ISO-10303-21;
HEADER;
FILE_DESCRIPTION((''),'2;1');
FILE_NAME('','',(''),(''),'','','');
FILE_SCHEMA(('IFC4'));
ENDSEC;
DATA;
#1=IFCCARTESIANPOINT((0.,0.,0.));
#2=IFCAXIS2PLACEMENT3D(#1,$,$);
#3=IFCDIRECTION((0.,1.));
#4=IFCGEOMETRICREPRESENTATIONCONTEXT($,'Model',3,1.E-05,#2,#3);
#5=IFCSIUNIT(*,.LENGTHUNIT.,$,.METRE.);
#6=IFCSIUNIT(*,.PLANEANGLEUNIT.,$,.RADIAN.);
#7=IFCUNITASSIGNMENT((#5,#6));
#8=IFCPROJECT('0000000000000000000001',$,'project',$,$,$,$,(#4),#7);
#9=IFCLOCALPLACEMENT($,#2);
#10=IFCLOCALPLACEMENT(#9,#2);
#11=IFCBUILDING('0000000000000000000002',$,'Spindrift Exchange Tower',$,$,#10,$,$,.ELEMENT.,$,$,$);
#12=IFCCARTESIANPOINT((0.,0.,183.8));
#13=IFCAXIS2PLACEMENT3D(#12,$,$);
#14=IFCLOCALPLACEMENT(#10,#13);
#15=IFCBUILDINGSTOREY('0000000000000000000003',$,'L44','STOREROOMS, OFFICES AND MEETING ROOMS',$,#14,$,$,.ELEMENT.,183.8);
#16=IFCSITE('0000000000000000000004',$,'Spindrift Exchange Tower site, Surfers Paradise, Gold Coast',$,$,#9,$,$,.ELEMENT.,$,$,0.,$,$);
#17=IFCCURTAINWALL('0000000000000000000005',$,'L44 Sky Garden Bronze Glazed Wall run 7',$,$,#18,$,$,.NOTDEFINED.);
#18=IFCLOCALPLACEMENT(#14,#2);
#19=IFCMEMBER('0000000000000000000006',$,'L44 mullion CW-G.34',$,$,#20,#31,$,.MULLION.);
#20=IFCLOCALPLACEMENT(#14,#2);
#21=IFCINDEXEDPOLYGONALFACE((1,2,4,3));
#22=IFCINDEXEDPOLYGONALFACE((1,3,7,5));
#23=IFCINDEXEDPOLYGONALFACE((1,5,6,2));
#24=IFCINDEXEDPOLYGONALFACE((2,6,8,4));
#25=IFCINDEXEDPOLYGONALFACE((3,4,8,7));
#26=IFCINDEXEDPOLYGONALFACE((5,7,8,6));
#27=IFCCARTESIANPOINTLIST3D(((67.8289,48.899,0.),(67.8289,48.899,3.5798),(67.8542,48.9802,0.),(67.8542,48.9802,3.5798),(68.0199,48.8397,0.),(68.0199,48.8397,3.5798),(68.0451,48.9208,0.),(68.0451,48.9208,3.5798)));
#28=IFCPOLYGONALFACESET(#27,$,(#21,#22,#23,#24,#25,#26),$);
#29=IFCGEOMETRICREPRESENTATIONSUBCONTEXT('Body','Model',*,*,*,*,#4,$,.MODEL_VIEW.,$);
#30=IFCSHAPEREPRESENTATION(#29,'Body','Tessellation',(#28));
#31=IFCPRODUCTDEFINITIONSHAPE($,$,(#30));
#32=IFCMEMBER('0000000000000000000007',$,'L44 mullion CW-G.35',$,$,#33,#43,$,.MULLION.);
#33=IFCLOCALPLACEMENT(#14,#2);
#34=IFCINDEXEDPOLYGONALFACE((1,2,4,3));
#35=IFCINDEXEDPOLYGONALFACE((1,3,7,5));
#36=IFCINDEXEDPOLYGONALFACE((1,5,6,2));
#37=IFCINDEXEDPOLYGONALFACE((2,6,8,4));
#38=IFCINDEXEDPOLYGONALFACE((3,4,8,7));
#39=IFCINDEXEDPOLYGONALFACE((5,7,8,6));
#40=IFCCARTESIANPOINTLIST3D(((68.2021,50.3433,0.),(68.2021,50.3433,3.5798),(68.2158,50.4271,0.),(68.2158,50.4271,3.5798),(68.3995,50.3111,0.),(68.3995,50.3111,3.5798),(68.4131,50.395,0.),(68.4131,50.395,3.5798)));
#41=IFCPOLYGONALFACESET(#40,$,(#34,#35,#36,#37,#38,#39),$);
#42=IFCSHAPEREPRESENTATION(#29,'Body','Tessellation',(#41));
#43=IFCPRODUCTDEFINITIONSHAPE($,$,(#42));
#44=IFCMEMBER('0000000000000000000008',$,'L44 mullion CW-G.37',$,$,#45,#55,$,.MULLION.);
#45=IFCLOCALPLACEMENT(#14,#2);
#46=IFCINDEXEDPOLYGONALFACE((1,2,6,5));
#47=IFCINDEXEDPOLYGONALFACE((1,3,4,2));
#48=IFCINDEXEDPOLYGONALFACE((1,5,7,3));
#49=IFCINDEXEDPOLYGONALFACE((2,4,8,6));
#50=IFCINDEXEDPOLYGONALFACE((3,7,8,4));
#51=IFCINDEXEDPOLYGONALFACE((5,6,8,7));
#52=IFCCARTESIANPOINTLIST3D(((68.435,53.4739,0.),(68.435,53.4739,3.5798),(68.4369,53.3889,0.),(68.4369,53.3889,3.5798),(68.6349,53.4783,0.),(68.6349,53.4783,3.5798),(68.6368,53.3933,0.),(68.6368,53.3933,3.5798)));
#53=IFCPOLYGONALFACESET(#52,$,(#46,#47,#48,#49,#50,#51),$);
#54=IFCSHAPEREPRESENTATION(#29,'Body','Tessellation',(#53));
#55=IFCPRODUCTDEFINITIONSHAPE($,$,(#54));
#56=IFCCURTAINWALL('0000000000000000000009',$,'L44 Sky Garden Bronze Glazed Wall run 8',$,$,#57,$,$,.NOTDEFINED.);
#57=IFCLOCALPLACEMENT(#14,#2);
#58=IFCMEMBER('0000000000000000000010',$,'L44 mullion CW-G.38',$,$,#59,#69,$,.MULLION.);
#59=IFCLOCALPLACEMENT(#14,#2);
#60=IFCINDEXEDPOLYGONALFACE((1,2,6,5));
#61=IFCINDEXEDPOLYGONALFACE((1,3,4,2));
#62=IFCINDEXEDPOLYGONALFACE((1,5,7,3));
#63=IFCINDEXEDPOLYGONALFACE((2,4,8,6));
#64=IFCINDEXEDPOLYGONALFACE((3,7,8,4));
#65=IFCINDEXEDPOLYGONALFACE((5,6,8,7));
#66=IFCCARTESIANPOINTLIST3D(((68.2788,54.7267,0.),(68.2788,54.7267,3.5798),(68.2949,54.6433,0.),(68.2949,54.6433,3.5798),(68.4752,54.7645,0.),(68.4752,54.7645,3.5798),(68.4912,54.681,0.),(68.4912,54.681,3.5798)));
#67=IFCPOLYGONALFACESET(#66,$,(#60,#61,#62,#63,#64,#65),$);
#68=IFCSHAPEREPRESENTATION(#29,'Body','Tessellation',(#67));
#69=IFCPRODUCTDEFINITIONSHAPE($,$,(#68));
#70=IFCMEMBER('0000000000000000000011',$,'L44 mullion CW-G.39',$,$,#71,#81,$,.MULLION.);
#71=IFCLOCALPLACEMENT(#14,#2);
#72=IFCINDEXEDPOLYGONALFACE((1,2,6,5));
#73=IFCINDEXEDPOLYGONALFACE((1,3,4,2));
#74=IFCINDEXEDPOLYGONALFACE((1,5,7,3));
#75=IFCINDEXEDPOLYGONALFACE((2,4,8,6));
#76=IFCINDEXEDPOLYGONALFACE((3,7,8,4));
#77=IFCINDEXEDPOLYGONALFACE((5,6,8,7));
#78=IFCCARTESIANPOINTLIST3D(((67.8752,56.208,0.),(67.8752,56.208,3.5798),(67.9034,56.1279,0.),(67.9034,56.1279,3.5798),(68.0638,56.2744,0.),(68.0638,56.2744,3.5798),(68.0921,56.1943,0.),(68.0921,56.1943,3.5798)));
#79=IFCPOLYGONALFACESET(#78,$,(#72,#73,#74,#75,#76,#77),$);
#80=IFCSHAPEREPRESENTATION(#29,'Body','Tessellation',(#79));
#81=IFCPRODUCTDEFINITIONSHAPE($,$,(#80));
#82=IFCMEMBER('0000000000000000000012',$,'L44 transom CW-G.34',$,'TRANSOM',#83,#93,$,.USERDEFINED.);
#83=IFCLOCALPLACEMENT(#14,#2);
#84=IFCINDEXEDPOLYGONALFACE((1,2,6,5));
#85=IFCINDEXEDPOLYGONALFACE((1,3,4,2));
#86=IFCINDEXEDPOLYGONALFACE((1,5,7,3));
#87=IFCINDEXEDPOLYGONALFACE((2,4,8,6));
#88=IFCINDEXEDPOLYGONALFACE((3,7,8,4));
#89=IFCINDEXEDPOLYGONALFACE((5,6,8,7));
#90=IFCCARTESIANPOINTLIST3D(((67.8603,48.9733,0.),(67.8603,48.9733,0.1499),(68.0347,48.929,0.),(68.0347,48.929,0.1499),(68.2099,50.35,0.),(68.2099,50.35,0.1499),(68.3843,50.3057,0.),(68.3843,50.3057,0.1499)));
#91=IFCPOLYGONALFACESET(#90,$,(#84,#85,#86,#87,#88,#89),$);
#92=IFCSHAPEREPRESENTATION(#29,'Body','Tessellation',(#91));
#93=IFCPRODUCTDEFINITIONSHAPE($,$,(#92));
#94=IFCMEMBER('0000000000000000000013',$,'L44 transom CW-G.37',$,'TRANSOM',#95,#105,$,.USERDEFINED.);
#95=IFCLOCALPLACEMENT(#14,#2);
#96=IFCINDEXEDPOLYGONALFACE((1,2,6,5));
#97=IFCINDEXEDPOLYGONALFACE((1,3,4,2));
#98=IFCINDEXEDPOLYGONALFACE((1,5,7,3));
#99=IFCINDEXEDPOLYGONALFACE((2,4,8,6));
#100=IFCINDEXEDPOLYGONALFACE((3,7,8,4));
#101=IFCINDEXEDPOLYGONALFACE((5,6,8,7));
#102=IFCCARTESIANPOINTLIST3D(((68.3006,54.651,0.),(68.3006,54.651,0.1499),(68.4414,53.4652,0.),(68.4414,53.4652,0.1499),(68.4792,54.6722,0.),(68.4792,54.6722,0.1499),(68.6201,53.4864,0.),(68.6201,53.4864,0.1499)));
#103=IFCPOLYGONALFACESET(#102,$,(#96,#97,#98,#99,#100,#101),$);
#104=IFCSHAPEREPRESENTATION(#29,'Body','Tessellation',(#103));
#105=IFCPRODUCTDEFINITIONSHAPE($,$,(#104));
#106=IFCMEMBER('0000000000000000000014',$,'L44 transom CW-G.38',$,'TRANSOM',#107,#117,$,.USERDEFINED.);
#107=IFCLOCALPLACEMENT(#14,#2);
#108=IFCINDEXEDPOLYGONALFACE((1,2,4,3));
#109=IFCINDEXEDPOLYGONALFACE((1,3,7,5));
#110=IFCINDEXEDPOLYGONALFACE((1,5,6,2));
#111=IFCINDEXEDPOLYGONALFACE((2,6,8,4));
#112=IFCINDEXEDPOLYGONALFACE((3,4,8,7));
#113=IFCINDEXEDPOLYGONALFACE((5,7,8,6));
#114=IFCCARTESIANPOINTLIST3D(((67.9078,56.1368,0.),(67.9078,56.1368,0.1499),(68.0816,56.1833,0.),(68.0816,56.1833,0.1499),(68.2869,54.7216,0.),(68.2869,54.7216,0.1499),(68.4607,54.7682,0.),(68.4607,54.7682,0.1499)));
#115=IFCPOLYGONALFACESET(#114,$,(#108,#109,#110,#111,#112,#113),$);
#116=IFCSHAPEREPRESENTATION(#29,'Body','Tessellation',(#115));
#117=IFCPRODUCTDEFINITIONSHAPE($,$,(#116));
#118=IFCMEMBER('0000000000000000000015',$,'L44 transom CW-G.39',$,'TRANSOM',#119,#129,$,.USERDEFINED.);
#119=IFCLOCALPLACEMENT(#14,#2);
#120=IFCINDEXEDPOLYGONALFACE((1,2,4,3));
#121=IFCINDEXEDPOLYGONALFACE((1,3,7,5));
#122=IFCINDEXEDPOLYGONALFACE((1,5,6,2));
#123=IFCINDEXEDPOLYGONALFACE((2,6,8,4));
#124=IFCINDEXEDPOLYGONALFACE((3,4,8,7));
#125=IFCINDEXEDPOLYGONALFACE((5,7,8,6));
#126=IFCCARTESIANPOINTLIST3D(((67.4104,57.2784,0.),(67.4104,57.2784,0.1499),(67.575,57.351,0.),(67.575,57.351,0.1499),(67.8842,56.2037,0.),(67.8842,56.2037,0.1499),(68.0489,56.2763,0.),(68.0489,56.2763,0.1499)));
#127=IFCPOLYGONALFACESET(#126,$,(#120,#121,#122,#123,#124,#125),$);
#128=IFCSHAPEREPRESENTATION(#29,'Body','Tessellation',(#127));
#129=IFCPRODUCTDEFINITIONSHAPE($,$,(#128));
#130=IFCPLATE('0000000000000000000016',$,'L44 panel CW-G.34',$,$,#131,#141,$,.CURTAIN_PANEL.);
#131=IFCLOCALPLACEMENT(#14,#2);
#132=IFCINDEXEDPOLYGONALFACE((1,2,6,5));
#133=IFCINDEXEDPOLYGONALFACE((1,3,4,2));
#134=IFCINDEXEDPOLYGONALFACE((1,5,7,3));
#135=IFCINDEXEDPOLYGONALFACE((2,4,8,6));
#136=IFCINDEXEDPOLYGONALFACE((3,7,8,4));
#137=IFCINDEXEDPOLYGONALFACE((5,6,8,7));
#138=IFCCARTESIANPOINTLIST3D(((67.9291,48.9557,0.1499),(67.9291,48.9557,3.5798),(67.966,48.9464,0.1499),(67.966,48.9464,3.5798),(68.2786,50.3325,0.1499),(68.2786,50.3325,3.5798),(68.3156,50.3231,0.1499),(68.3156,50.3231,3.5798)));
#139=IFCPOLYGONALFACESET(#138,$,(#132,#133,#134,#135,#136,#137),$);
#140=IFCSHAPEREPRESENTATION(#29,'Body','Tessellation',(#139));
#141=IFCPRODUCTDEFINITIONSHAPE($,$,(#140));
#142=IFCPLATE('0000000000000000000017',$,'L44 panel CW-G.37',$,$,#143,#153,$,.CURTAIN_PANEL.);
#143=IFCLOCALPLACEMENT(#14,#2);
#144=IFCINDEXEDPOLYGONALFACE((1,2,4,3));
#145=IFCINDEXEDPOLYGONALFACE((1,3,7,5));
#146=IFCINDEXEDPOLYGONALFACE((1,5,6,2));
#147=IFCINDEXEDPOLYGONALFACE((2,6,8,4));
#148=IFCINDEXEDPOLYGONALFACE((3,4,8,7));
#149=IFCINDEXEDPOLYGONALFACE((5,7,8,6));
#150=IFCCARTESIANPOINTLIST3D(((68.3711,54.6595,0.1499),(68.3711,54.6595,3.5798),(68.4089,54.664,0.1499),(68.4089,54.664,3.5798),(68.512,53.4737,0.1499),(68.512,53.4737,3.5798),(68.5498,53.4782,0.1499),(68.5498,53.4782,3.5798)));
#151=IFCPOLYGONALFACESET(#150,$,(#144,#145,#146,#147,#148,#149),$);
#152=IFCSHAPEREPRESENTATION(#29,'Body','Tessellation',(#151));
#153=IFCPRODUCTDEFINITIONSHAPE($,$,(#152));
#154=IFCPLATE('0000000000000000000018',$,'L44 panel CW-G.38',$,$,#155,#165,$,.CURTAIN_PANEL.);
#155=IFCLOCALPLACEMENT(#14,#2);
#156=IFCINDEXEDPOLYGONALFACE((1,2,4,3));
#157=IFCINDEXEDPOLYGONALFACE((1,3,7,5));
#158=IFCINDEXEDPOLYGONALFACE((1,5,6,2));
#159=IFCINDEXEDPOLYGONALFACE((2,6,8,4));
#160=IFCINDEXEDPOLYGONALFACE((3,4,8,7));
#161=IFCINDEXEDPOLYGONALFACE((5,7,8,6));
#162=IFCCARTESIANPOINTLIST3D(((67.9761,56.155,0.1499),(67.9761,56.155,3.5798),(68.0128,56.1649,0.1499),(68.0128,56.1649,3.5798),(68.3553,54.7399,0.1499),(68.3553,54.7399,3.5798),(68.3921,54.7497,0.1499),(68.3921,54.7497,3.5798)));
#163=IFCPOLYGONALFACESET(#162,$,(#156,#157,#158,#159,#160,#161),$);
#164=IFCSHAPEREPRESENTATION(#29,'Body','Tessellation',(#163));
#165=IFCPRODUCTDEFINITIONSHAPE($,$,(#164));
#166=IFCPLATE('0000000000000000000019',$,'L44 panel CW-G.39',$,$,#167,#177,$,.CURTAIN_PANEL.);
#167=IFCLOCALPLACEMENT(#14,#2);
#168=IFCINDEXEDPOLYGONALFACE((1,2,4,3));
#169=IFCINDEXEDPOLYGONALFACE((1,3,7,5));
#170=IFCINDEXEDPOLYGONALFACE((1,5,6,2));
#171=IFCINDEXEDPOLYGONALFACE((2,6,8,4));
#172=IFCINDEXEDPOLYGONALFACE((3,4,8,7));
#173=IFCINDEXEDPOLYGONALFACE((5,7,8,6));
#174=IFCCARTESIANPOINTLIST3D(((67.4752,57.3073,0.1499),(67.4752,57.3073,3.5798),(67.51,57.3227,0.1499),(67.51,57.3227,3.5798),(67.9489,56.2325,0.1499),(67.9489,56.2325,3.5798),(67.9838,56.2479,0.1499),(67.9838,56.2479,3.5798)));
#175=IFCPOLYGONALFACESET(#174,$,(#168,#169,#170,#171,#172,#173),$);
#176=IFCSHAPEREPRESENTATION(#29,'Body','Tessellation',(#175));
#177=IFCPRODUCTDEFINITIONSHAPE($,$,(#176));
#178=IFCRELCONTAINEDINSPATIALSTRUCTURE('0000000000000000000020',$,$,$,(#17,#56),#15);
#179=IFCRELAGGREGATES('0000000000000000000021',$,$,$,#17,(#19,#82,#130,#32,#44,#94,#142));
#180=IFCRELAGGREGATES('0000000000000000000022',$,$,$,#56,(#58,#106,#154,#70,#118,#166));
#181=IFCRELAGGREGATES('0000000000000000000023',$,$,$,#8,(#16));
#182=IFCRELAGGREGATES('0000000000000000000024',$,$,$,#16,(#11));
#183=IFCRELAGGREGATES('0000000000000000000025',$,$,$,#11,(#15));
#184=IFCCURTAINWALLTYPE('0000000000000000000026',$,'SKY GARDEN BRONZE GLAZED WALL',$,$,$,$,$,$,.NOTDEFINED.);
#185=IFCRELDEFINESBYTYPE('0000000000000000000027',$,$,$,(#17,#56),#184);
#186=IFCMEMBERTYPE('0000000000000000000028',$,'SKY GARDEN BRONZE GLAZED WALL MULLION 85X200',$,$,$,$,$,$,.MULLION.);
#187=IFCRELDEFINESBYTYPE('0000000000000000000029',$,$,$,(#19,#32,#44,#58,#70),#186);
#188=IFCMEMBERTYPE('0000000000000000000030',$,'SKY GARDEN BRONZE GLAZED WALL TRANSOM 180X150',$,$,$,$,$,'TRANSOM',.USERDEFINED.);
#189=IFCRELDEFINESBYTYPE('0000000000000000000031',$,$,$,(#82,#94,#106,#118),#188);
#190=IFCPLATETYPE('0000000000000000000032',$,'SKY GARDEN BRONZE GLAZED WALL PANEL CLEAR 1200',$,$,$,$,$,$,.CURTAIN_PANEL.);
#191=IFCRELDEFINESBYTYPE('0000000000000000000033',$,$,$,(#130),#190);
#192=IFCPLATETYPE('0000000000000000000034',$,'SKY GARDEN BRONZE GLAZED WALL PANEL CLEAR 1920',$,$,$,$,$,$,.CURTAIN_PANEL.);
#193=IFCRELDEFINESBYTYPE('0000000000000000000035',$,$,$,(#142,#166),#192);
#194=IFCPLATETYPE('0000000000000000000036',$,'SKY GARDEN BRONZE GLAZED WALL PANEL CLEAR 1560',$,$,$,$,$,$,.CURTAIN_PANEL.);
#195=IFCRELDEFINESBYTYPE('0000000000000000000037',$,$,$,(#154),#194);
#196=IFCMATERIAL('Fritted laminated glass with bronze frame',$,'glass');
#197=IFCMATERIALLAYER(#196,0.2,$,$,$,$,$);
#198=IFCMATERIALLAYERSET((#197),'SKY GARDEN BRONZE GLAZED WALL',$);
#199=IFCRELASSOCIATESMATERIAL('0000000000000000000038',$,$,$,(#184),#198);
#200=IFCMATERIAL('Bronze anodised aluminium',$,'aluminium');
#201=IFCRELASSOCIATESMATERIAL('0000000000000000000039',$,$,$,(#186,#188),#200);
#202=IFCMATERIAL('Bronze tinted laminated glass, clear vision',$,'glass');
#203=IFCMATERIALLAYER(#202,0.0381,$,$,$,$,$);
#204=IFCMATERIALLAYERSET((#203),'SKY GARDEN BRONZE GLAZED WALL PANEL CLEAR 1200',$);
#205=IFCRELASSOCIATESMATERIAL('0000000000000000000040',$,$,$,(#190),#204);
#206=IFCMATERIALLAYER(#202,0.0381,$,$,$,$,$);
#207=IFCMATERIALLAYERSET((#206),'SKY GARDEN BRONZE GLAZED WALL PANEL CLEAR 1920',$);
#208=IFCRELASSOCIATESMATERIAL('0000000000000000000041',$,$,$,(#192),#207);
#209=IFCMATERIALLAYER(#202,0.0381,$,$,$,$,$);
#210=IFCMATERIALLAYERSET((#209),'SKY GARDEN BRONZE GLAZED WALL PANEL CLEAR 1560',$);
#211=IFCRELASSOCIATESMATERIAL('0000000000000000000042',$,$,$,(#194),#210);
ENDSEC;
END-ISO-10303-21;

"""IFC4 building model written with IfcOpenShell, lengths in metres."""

from ifc_helpers import new_model, si_unit, direction, frame, origin, origin_2d, place, context, subcontext, project, spatial, rectangle, extrude, source, transform, mapped, material, layer, layer_set, material_profile, profile_set, type_object, element, aggregate, save


model = new_model("IFC4")

# Units and contexts
model_context = context("Model", 3, precision=1e-05, world=origin(), true_north=direction((0.0, 1.0)))
body_context = subcontext(model_context, "Body", "Model", "MODEL_VIEW")
ifc_project = project(units=[si_unit("LENGTHUNIT", "METRE"), si_unit("PLANEANGLEUNIT", "RADIAN")], contexts=[model_context])

# Site, building, storey
site_placement = place(None, origin())
site = spatial("IfcSite", under=ifc_project, at=site_placement, Name="Spindrift Exchange Tower site, Surfers Paradise, Gold Coast", CompositionType="ELEMENT", RefElevation=0.0)
building_placement = place(site_placement, origin())
building = spatial("IfcBuilding", under=site, at=building_placement, Name="Spindrift Exchange Tower", CompositionType="ELEMENT")
storey_placement = place(building_placement, frame((0.0, 0.0, 183.8)))
storey = spatial("IfcBuildingStorey", under=building, at=storey_placement, Name="L44", Description="STOREROOMS, OFFICES AND MEETING ROOMS", CompositionType="ELEMENT", Elevation=183.8)

# Curtain walls, members
ifc_material_1 = material(Name="Fritted laminated glass with bronze frame", Category="glass")
ifc_layer_1 = layer(ifc_material_1, 0.2)
ifc_layer_set_1 = layer_set([ifc_layer_1], Name="SKY GARDEN BRONZE GLAZED WALL")
curtain_wall_type = type_object("IfcCurtainWallType", Name="SKY GARDEN BRONZE GLAZED WALL", PredefinedType="NOTDEFINED", material=ifc_layer_set_1)
curtain_wall_1_placement = place(storey_placement, origin())
curtain_wall_1 = element("IfcCurtainWall", 1, at=curtain_wall_1_placement, inside=storey, type_object=curtain_wall_type, Name="L44 Sky Garden Bronze Glazed Wall run 7", PredefinedType="NOTDEFINED")
ifc_material_2 = material(Name="Bronze anodised aluminium", Category="aluminium")
ifc_material_profile_1 = material_profile(ifc_material_2, rectangle(XDim=0.085, YDim=0.2, at=origin_2d()), Name="SKY GARDEN BRONZE GLAZED WALL MULLION 85X200")
ifc_profile_set_1 = profile_set([ifc_material_profile_1], Name="Bronze anodised aluminium")
member_type_1 = type_object("IfcMemberType", Name="SKY GARDEN BRONZE GLAZED WALL MULLION 85X200", PredefinedType="MULLION", material=ifc_profile_set_1)
shared_shape_1 = source(origin(), body_context, "Body", "SweptSolid", [
    extrude(rectangle(XDim=0.085, YDim=0.2, at=origin_2d()), origin(), (0.0, 0.0, 1.0), 3.5798),
])
member_1_placement = place(storey_placement, frame((67.937, 48.9099, 0.0), z_axis=(0.0, 0.0, 1.0), x_axis=(0.296835, 0.954929, 0.0)))
member_1 = element("IfcMember", 2, at=member_1_placement, type_object=member_type_1, Name="L44 mullion CW-G.34", PredefinedType="MULLION", context=body_context, shape_type="MappedRepresentation", body=[
    mapped(shared_shape_1, transform((0.0, 0.0, 0.0), scale=1.0)),
])
member_2_placement = place(storey_placement, frame((68.3076, 50.3691, 0.0), z_axis=(0.0, 0.0, 1.0), x_axis=(0.16082, 0.986984, 0.0)))
member_2 = element("IfcMember", 3, at=member_2_placement, type_object=member_type_1, Name="L44 mullion CW-G.35", PredefinedType="MULLION", context=body_context, shape_type="MappedRepresentation", body=[
    mapped(shared_shape_1, transform((0.0, 0.0, 0.0), scale=1.0)),
])
member_3_placement = place(storey_placement, frame((68.5359, 53.4336, 0.0), z_axis=(0.0, 0.0, 1.0), x_axis=(-0.021969, 0.999759, 0.0)))
member_3 = element("IfcMember", 4, at=member_3_placement, type_object=member_type_1, Name="L44 mullion CW-G.37", PredefinedType="MULLION", context=body_context, shape_type="MappedRepresentation", body=[
    mapped(shared_shape_1, transform((0.0, 0.0, 0.0), scale=1.0)),
])
curtain_wall_2_placement = place(storey_placement, origin())
curtain_wall_2 = element("IfcCurtainWall", 5, at=curtain_wall_2_placement, inside=storey, type_object=curtain_wall_type, Name="L44 Sky Garden Bronze Glazed Wall run 8", PredefinedType="NOTDEFINED")
member_4_placement = place(storey_placement, frame((68.385, 54.7039, 0.0), z_axis=(0.0, 0.0, 1.0), x_axis=(-0.188946, 0.981987, 0.0)))
member_4 = element("IfcMember", 6, at=member_4_placement, type_object=member_type_1, Name="L44 mullion CW-G.38", PredefinedType="MULLION", context=body_context, shape_type="MappedRepresentation", body=[
    mapped(shared_shape_1, transform((0.0, 0.0, 0.0), scale=1.0)),
])
member_5_placement = place(storey_placement, frame((67.9836, 56.2012, 0.0), z_axis=(0.0, 0.0, 1.0), x_axis=(-0.332075, 0.943253, 0.0)))
member_5 = element("IfcMember", 7, at=member_5_placement, type_object=member_type_1, Name="L44 mullion CW-G.39", PredefinedType="MULLION", context=body_context, shape_type="MappedRepresentation", body=[
    mapped(shared_shape_1, transform((0.0, 0.0, 0.0), scale=1.0)),
])

# Members
ifc_material_profile_2 = material_profile(ifc_material_2, rectangle(XDim=0.1799, YDim=0.1499, at=origin_2d()), Name="SKY GARDEN BRONZE GLAZED WALL TRANSOM 180X150")
ifc_profile_set_2 = profile_set([ifc_material_profile_2], Name="Bronze anodised aluminium")
member_type_2 = type_object("IfcMemberType", Name="SKY GARDEN BRONZE GLAZED WALL TRANSOM 180X150", ElementType="TRANSOM", PredefinedType="USERDEFINED", material=ifc_profile_set_2)
shared_shape_2 = source(origin(), body_context, "Body", "SweptSolid", [
    extrude(rectangle(XDim=0.1799, YDim=0.1499, at=origin_2d()), origin(), (0.0, 0.0, 1.0), 1.4204),
])
member_6_placement = place(storey_placement, frame((67.9475, 48.9512, 0.075), z_axis=(0.246133, 0.969236, 0.0), x_axis=(-0.969236, 0.246133, 0.0)))
member_6 = element("IfcMember", 8, at=member_6_placement, type_object=member_type_2, Name="L44 transom CW-G.34", ObjectType="TRANSOM", PredefinedType="USERDEFINED", context=body_context, shape_type="MappedRepresentation", body=[
    mapped(shared_shape_2, transform((0.0, 0.0, 0.0), scale=1.0)),
])
shared_shape_3 = source(origin(), body_context, "Body", "SweptSolid", [
    extrude(rectangle(XDim=0.1799, YDim=0.1499, at=origin_2d()), origin(), (0.0, 0.0, 1.0), 1.1941),
])
member_7_placement = place(storey_placement, frame((68.5308, 53.4758, 0.075), z_axis=(-0.117968, 0.993017, 0.0), x_axis=(-0.993017, -0.117968, 0.0)))
member_7 = element("IfcMember", 9, at=member_7_placement, type_object=member_type_2, Name="L44 transom CW-G.37", ObjectType="TRANSOM", PredefinedType="USERDEFINED", context=body_context, shape_type="MappedRepresentation", body=[
    mapped(shared_shape_3, transform((0.0, 0.0, 0.0), scale=1.0)),
])
shared_shape_4 = source(origin(), body_context, "Body", "SweptSolid", [
    extrude(rectangle(XDim=0.1799, YDim=0.1499, at=origin_2d()), origin(), (0.0, 0.0, 1.0), 1.4651),
])
member_8_placement = place(storey_placement, frame((68.3738, 54.7449, 0.075), z_axis=(-0.258772, 0.965938, 0.0), x_axis=(-0.965938, -0.258772, 0.0)))
member_8 = element("IfcMember", 10, at=member_8_placement, type_object=member_type_2, Name="L44 transom CW-G.38", ObjectType="TRANSOM", PredefinedType="USERDEFINED", context=body_context, shape_type="MappedRepresentation", body=[
    mapped(shared_shape_4, transform((0.0, 0.0, 0.0), scale=1.0)),
])
shared_shape_5 = source(origin(), body_context, "Body", "SweptSolid", [
    extrude(rectangle(XDim=0.1799, YDim=0.1499, at=origin_2d()), origin(), (0.0, 0.0, 1.0), 1.1746),
])
member_9_placement = place(storey_placement, frame((67.9666, 56.24, 0.075), z_axis=(-0.403456, 0.914999, 0.0), x_axis=(-0.914999, -0.403456, 0.0)))
member_9 = element("IfcMember", 11, at=member_9_placement, type_object=member_type_2, Name="L44 transom CW-G.39", ObjectType="TRANSOM", PredefinedType="USERDEFINED", context=body_context, shape_type="MappedRepresentation", body=[
    mapped(shared_shape_5, transform((0.0, 0.0, 0.0), scale=1.0)),
])

# Plates
ifc_material_3 = material(Name="Bronze tinted laminated glass, clear vision", Category="glass")
ifc_layer_2 = layer(ifc_material_3, 0.0381)
ifc_layer_set_2 = layer_set([ifc_layer_2], Name="SKY GARDEN BRONZE GLAZED WALL PANEL CLEAR 1200")
plate_type_1 = type_object("IfcPlateType", Name="SKY GARDEN BRONZE GLAZED WALL PANEL CLEAR 1200", PredefinedType="CURTAIN_PANEL", material=ifc_layer_set_2)
shared_shape_6 = source(origin(), body_context, "Body", "SweptSolid", [
    extrude(rectangle(XDim=1.4204, YDim=0.0381, at=origin_2d()), origin(), (0.0, 0.0, 1.0), 3.4299),
])
plate_1_placement = place(storey_placement, frame((68.1223, 49.6394, 0.1499), z_axis=(0.0, 0.0, 1.0), x_axis=(0.246097, 0.969245, 0.0)))
plate_1 = element("IfcPlate", 12, at=plate_1_placement, type_object=plate_type_1, Name="L44 panel CW-G.34", PredefinedType="CURTAIN_PANEL", context=body_context, shape_type="MappedRepresentation", body=[
    mapped(shared_shape_6, transform((0.0, 0.0, 0.0), scale=1.0)),
])
ifc_layer_3 = layer(ifc_material_3, 0.0381)
ifc_layer_set_3 = layer_set([ifc_layer_3], Name="SKY GARDEN BRONZE GLAZED WALL PANEL CLEAR 1920")
plate_type_2 = type_object("IfcPlateType", Name="SKY GARDEN BRONZE GLAZED WALL PANEL CLEAR 1920", PredefinedType="CURTAIN_PANEL", material=ifc_layer_set_3)
shared_shape_7 = source(origin(), body_context, "Body", "SweptSolid", [
    extrude(rectangle(XDim=1.1941, YDim=0.0381, at=origin_2d()), origin(), (0.0, 0.0, 1.0), 3.4299),
])
plate_2_placement = place(storey_placement, frame((68.4604, 54.0688, 0.1499), z_axis=(0.0, 0.0, 1.0), x_axis=(-0.118057, 0.993007, 0.0)))
plate_2 = element("IfcPlate", 13, at=plate_2_placement, type_object=plate_type_2, Name="L44 panel CW-G.37", PredefinedType="CURTAIN_PANEL", context=body_context, shape_type="MappedRepresentation", body=[
    mapped(shared_shape_7, transform((0.0, 0.0, 0.0), scale=1.0)),
])
aggregate(curtain_wall_1, [member_1, member_6, plate_1, member_2, member_3, member_7, plate_2])
ifc_layer_4 = layer(ifc_material_3, 0.0381)
ifc_layer_set_4 = layer_set([ifc_layer_4], Name="SKY GARDEN BRONZE GLAZED WALL PANEL CLEAR 1560")
plate_type_3 = type_object("IfcPlateType", Name="SKY GARDEN BRONZE GLAZED WALL PANEL CLEAR 1560", PredefinedType="CURTAIN_PANEL", material=ifc_layer_set_4)
shared_shape_8 = source(origin(), body_context, "Body", "SweptSolid", [
    extrude(rectangle(XDim=1.4651, YDim=0.0381, at=origin_2d()), origin(), (0.0, 0.0, 1.0), 3.4299),
])
plate_3_placement = place(storey_placement, frame((68.1841, 55.4524, 0.1499), z_axis=(0.0, 0.0, 1.0), x_axis=(-0.258863, 0.965914, 0.0)))
plate_3 = element("IfcPlate", 14, at=plate_3_placement, type_object=plate_type_3, Name="L44 panel CW-G.38", PredefinedType="CURTAIN_PANEL", context=body_context, shape_type="MappedRepresentation", body=[
    mapped(shared_shape_8, transform((0.0, 0.0, 0.0), scale=1.0)),
])
shared_shape_9 = source(origin(), body_context, "Body", "SweptSolid", [
    extrude(rectangle(XDim=1.1746, YDim=0.0381, at=origin_2d()), origin(), (0.0, 0.0, 1.0), 3.4299),
])
plate_4_placement = place(storey_placement, frame((67.7295, 56.7776, 0.1499), z_axis=(0.0, 0.0, 1.0), x_axis=(-0.403338, 0.915051, 0.0)))
plate_4 = element("IfcPlate", 15, at=plate_4_placement, type_object=plate_type_2, Name="L44 panel CW-G.39", PredefinedType="CURTAIN_PANEL", context=body_context, shape_type="MappedRepresentation", body=[
    mapped(shared_shape_9, transform((0.0, 0.0, 0.0), scale=1.0)),
])
aggregate(curtain_wall_2, [member_4, member_8, plate_3, member_5, member_9, plate_4])

save(model, "model.ifc")
